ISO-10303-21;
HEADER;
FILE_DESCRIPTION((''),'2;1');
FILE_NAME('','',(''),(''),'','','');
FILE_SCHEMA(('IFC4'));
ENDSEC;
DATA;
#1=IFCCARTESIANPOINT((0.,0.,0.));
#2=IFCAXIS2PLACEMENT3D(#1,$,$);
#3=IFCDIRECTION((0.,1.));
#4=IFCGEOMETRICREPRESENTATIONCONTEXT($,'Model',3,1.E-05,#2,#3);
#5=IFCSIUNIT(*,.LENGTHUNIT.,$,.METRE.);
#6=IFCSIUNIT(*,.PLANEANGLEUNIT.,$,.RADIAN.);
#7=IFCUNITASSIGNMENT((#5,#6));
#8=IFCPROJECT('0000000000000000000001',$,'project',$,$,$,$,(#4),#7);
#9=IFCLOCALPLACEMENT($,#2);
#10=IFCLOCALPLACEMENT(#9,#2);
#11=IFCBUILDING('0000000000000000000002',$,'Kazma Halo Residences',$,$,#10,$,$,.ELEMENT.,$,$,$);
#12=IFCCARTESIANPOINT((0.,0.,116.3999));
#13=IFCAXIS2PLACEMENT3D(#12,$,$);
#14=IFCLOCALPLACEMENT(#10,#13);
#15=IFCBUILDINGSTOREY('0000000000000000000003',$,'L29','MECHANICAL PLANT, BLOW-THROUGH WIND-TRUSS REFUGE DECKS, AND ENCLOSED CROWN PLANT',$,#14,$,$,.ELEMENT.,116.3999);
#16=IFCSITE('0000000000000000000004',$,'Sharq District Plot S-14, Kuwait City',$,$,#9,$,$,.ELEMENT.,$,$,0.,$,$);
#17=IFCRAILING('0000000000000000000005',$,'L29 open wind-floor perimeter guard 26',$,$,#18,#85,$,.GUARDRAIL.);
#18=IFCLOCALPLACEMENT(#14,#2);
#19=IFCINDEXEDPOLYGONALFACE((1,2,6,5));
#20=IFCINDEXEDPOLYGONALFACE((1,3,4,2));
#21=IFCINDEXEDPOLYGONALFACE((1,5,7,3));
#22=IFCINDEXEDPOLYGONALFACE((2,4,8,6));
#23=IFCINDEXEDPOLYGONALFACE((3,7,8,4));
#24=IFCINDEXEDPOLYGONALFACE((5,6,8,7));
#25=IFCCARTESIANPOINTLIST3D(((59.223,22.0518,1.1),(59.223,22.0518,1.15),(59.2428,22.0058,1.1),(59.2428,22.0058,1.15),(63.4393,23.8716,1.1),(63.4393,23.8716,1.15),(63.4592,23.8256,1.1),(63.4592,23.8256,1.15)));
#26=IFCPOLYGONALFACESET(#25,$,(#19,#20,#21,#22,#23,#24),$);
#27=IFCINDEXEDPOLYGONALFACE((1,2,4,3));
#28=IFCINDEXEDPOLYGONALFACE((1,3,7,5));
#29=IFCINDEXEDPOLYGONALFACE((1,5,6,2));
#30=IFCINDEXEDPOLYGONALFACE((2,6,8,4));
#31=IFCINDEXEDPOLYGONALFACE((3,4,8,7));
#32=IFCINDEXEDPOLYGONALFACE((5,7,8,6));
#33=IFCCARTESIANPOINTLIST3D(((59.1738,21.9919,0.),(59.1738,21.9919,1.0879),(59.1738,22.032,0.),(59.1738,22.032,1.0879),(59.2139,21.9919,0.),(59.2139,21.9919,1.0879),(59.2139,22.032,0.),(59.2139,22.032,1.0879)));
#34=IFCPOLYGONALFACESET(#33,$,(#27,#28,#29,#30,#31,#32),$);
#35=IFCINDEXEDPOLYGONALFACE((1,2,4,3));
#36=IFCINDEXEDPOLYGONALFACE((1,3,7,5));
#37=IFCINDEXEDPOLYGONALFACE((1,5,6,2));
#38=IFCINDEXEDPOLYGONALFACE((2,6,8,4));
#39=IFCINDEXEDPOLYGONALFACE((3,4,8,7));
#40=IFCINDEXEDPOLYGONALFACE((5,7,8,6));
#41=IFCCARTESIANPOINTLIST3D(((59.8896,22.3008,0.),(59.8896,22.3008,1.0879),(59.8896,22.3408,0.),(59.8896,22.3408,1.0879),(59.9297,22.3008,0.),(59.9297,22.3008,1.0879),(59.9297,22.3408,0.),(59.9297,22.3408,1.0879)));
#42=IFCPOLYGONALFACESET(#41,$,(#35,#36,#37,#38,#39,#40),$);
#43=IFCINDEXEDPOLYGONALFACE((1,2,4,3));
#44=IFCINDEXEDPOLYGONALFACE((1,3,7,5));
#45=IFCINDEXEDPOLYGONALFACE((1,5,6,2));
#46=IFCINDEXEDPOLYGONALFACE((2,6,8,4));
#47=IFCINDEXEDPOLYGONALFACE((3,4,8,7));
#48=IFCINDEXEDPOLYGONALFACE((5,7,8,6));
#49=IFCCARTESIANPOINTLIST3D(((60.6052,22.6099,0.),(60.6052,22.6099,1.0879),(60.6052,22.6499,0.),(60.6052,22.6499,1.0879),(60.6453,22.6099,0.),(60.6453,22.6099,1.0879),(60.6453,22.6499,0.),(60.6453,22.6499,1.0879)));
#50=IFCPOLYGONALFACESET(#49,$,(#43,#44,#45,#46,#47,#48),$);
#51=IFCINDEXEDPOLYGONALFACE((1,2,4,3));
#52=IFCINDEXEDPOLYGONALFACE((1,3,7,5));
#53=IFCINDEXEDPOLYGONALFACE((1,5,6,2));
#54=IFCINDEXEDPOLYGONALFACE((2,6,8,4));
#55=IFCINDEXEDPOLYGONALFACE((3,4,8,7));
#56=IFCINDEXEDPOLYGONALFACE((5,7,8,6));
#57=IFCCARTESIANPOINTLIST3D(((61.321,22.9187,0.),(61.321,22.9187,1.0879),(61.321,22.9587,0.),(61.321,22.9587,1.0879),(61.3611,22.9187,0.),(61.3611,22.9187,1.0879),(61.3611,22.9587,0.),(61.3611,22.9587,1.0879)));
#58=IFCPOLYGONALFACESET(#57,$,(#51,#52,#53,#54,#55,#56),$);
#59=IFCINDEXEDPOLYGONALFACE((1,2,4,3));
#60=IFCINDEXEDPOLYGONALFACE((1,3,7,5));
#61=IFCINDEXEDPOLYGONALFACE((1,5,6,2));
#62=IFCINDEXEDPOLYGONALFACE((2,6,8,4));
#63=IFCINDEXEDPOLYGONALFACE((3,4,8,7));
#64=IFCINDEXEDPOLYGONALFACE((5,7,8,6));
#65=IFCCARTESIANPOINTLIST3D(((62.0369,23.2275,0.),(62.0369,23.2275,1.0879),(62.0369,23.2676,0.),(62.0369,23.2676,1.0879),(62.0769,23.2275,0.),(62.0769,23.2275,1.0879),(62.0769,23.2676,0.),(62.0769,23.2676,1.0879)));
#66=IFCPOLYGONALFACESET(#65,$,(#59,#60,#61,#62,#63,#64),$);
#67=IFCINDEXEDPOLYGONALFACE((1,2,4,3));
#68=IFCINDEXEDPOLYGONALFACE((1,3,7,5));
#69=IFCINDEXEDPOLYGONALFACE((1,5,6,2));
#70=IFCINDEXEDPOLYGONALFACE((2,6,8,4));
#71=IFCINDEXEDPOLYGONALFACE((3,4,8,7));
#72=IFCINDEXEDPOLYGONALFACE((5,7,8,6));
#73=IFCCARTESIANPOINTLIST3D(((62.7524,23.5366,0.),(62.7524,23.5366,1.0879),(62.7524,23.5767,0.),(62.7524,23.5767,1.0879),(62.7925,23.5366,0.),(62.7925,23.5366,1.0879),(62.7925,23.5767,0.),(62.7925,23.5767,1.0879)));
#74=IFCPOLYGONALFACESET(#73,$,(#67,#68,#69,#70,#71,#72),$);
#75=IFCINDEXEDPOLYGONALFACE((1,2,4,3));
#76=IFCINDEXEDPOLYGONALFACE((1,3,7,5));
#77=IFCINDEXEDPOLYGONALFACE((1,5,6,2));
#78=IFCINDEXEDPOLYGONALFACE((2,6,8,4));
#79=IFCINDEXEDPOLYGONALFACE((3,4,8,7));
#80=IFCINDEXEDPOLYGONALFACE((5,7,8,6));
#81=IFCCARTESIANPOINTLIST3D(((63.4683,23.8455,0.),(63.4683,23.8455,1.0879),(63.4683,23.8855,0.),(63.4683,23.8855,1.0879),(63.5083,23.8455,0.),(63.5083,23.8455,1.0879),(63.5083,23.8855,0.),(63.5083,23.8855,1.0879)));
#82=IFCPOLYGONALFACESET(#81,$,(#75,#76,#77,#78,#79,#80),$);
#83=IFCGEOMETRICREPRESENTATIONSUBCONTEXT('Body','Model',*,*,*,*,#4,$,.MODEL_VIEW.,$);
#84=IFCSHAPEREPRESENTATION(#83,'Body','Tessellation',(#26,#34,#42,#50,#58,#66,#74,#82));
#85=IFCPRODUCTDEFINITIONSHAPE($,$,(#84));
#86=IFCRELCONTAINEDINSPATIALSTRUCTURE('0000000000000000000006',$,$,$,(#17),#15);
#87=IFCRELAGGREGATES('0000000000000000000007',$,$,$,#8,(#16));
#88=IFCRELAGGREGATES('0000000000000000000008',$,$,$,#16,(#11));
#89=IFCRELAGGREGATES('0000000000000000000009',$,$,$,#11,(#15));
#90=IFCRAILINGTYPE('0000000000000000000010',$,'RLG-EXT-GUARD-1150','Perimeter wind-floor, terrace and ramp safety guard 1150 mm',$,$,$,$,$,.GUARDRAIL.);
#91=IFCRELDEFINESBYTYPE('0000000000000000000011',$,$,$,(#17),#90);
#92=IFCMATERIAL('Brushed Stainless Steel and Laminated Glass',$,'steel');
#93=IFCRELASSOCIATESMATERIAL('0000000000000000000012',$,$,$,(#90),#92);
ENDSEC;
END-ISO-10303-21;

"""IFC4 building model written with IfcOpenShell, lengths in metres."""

from ifc_helpers import new_model, si_unit, direction, frame, origin, origin_2d, place, context, subcontext, project, spatial, rectangle, extrude, material, type_object, element, save


model = new_model("IFC4")

# Units and contexts
model_context = context("Model", 3, precision=1e-05, world=origin(), true_north=direction((0.0, 1.0)))
body_context = subcontext(model_context, "Body", "Model", "MODEL_VIEW")
ifc_project = project(units=[si_unit("LENGTHUNIT", "METRE"), si_unit("PLANEANGLEUNIT", "RADIAN")], contexts=[model_context])

# Site, building, storey
site_placement = place(None, origin())
site = spatial("IfcSite", under=ifc_project, at=site_placement, Name="Sharq District Plot S-14, Kuwait City", CompositionType="ELEMENT", RefElevation=0.0)
building_placement = place(site_placement, origin())
building = spatial("IfcBuilding", under=site, at=building_placement, Name="Kazma Halo Residences", CompositionType="ELEMENT")
storey_placement = place(building_placement, frame((0.0, 0.0, 116.3999)))
storey = spatial("IfcBuildingStorey", under=building, at=storey_placement, Name="L29", Description="MECHANICAL PLANT, BLOW-THROUGH WIND-TRUSS REFUGE DECKS, AND ENCLOSED CROWN PLANT", CompositionType="ELEMENT", Elevation=116.3999)

# Railing
ifc_material_1 = material(Name="Brushed Stainless Steel and Laminated Glass", Category="steel")
railing_type = type_object("IfcRailingType", Name="RLG-EXT-GUARD-1150", Description="Perimeter wind-floor, terrace and ramp safety guard 1150 mm", PredefinedType="GUARDRAIL", material=ifc_material_1)
railing_placement = place(storey_placement, frame((59.1938, 22.012, 0.0)))
element("IfcRailing", 1, at=railing_placement, inside=storey, type_object=railing_type, Name="L29 open wind-floor perimeter guard 26", PredefinedType="GUARDRAIL", context=body_context, shape_type="SweptSolid", body=[
    extrude(rectangle(XDim=0.05, YDim=0.05, at=origin_2d()), frame((0.0391, 0.0168, 1.125), z_axis=(0.918132, 0.396274, 0.0), x_axis=(-0.396274, 0.918132, 0.0)), (0.0, 0.0, 1.0), 4.5923),
    extrude(rectangle(XDim=0.04, YDim=0.04, at=origin_2d()), origin(), (0.0, 0.0, 1.0), 1.0879),
    extrude(rectangle(XDim=0.04, YDim=0.04, at=origin_2d()), frame((0.7158, 0.3088, 0.0)), (0.0, 0.0, 1.0), 1.0879),
    extrude(rectangle(XDim=0.04, YDim=0.04, at=origin_2d()), frame((1.4314, 0.6179, 0.0)), (0.0, 0.0, 1.0), 1.0879),
    extrude(rectangle(XDim=0.04, YDim=0.04, at=origin_2d()), frame((2.1472, 0.9268, 0.0)), (0.0, 0.0, 1.0), 1.0879),
    extrude(rectangle(XDim=0.04, YDim=0.04, at=origin_2d()), frame((2.863, 1.2356, 0.0)), (0.0, 0.0, 1.0), 1.0879),
    extrude(rectangle(XDim=0.04, YDim=0.04, at=origin_2d()), frame((3.5786, 1.5447, 0.0)), (0.0, 0.0, 1.0), 1.0879),
    extrude(rectangle(XDim=0.04, YDim=0.04, at=origin_2d()), frame((4.2944, 1.8535, 0.0)), (0.0, 0.0, 1.0), 1.0879),
])

save(model, "model.ifc")
